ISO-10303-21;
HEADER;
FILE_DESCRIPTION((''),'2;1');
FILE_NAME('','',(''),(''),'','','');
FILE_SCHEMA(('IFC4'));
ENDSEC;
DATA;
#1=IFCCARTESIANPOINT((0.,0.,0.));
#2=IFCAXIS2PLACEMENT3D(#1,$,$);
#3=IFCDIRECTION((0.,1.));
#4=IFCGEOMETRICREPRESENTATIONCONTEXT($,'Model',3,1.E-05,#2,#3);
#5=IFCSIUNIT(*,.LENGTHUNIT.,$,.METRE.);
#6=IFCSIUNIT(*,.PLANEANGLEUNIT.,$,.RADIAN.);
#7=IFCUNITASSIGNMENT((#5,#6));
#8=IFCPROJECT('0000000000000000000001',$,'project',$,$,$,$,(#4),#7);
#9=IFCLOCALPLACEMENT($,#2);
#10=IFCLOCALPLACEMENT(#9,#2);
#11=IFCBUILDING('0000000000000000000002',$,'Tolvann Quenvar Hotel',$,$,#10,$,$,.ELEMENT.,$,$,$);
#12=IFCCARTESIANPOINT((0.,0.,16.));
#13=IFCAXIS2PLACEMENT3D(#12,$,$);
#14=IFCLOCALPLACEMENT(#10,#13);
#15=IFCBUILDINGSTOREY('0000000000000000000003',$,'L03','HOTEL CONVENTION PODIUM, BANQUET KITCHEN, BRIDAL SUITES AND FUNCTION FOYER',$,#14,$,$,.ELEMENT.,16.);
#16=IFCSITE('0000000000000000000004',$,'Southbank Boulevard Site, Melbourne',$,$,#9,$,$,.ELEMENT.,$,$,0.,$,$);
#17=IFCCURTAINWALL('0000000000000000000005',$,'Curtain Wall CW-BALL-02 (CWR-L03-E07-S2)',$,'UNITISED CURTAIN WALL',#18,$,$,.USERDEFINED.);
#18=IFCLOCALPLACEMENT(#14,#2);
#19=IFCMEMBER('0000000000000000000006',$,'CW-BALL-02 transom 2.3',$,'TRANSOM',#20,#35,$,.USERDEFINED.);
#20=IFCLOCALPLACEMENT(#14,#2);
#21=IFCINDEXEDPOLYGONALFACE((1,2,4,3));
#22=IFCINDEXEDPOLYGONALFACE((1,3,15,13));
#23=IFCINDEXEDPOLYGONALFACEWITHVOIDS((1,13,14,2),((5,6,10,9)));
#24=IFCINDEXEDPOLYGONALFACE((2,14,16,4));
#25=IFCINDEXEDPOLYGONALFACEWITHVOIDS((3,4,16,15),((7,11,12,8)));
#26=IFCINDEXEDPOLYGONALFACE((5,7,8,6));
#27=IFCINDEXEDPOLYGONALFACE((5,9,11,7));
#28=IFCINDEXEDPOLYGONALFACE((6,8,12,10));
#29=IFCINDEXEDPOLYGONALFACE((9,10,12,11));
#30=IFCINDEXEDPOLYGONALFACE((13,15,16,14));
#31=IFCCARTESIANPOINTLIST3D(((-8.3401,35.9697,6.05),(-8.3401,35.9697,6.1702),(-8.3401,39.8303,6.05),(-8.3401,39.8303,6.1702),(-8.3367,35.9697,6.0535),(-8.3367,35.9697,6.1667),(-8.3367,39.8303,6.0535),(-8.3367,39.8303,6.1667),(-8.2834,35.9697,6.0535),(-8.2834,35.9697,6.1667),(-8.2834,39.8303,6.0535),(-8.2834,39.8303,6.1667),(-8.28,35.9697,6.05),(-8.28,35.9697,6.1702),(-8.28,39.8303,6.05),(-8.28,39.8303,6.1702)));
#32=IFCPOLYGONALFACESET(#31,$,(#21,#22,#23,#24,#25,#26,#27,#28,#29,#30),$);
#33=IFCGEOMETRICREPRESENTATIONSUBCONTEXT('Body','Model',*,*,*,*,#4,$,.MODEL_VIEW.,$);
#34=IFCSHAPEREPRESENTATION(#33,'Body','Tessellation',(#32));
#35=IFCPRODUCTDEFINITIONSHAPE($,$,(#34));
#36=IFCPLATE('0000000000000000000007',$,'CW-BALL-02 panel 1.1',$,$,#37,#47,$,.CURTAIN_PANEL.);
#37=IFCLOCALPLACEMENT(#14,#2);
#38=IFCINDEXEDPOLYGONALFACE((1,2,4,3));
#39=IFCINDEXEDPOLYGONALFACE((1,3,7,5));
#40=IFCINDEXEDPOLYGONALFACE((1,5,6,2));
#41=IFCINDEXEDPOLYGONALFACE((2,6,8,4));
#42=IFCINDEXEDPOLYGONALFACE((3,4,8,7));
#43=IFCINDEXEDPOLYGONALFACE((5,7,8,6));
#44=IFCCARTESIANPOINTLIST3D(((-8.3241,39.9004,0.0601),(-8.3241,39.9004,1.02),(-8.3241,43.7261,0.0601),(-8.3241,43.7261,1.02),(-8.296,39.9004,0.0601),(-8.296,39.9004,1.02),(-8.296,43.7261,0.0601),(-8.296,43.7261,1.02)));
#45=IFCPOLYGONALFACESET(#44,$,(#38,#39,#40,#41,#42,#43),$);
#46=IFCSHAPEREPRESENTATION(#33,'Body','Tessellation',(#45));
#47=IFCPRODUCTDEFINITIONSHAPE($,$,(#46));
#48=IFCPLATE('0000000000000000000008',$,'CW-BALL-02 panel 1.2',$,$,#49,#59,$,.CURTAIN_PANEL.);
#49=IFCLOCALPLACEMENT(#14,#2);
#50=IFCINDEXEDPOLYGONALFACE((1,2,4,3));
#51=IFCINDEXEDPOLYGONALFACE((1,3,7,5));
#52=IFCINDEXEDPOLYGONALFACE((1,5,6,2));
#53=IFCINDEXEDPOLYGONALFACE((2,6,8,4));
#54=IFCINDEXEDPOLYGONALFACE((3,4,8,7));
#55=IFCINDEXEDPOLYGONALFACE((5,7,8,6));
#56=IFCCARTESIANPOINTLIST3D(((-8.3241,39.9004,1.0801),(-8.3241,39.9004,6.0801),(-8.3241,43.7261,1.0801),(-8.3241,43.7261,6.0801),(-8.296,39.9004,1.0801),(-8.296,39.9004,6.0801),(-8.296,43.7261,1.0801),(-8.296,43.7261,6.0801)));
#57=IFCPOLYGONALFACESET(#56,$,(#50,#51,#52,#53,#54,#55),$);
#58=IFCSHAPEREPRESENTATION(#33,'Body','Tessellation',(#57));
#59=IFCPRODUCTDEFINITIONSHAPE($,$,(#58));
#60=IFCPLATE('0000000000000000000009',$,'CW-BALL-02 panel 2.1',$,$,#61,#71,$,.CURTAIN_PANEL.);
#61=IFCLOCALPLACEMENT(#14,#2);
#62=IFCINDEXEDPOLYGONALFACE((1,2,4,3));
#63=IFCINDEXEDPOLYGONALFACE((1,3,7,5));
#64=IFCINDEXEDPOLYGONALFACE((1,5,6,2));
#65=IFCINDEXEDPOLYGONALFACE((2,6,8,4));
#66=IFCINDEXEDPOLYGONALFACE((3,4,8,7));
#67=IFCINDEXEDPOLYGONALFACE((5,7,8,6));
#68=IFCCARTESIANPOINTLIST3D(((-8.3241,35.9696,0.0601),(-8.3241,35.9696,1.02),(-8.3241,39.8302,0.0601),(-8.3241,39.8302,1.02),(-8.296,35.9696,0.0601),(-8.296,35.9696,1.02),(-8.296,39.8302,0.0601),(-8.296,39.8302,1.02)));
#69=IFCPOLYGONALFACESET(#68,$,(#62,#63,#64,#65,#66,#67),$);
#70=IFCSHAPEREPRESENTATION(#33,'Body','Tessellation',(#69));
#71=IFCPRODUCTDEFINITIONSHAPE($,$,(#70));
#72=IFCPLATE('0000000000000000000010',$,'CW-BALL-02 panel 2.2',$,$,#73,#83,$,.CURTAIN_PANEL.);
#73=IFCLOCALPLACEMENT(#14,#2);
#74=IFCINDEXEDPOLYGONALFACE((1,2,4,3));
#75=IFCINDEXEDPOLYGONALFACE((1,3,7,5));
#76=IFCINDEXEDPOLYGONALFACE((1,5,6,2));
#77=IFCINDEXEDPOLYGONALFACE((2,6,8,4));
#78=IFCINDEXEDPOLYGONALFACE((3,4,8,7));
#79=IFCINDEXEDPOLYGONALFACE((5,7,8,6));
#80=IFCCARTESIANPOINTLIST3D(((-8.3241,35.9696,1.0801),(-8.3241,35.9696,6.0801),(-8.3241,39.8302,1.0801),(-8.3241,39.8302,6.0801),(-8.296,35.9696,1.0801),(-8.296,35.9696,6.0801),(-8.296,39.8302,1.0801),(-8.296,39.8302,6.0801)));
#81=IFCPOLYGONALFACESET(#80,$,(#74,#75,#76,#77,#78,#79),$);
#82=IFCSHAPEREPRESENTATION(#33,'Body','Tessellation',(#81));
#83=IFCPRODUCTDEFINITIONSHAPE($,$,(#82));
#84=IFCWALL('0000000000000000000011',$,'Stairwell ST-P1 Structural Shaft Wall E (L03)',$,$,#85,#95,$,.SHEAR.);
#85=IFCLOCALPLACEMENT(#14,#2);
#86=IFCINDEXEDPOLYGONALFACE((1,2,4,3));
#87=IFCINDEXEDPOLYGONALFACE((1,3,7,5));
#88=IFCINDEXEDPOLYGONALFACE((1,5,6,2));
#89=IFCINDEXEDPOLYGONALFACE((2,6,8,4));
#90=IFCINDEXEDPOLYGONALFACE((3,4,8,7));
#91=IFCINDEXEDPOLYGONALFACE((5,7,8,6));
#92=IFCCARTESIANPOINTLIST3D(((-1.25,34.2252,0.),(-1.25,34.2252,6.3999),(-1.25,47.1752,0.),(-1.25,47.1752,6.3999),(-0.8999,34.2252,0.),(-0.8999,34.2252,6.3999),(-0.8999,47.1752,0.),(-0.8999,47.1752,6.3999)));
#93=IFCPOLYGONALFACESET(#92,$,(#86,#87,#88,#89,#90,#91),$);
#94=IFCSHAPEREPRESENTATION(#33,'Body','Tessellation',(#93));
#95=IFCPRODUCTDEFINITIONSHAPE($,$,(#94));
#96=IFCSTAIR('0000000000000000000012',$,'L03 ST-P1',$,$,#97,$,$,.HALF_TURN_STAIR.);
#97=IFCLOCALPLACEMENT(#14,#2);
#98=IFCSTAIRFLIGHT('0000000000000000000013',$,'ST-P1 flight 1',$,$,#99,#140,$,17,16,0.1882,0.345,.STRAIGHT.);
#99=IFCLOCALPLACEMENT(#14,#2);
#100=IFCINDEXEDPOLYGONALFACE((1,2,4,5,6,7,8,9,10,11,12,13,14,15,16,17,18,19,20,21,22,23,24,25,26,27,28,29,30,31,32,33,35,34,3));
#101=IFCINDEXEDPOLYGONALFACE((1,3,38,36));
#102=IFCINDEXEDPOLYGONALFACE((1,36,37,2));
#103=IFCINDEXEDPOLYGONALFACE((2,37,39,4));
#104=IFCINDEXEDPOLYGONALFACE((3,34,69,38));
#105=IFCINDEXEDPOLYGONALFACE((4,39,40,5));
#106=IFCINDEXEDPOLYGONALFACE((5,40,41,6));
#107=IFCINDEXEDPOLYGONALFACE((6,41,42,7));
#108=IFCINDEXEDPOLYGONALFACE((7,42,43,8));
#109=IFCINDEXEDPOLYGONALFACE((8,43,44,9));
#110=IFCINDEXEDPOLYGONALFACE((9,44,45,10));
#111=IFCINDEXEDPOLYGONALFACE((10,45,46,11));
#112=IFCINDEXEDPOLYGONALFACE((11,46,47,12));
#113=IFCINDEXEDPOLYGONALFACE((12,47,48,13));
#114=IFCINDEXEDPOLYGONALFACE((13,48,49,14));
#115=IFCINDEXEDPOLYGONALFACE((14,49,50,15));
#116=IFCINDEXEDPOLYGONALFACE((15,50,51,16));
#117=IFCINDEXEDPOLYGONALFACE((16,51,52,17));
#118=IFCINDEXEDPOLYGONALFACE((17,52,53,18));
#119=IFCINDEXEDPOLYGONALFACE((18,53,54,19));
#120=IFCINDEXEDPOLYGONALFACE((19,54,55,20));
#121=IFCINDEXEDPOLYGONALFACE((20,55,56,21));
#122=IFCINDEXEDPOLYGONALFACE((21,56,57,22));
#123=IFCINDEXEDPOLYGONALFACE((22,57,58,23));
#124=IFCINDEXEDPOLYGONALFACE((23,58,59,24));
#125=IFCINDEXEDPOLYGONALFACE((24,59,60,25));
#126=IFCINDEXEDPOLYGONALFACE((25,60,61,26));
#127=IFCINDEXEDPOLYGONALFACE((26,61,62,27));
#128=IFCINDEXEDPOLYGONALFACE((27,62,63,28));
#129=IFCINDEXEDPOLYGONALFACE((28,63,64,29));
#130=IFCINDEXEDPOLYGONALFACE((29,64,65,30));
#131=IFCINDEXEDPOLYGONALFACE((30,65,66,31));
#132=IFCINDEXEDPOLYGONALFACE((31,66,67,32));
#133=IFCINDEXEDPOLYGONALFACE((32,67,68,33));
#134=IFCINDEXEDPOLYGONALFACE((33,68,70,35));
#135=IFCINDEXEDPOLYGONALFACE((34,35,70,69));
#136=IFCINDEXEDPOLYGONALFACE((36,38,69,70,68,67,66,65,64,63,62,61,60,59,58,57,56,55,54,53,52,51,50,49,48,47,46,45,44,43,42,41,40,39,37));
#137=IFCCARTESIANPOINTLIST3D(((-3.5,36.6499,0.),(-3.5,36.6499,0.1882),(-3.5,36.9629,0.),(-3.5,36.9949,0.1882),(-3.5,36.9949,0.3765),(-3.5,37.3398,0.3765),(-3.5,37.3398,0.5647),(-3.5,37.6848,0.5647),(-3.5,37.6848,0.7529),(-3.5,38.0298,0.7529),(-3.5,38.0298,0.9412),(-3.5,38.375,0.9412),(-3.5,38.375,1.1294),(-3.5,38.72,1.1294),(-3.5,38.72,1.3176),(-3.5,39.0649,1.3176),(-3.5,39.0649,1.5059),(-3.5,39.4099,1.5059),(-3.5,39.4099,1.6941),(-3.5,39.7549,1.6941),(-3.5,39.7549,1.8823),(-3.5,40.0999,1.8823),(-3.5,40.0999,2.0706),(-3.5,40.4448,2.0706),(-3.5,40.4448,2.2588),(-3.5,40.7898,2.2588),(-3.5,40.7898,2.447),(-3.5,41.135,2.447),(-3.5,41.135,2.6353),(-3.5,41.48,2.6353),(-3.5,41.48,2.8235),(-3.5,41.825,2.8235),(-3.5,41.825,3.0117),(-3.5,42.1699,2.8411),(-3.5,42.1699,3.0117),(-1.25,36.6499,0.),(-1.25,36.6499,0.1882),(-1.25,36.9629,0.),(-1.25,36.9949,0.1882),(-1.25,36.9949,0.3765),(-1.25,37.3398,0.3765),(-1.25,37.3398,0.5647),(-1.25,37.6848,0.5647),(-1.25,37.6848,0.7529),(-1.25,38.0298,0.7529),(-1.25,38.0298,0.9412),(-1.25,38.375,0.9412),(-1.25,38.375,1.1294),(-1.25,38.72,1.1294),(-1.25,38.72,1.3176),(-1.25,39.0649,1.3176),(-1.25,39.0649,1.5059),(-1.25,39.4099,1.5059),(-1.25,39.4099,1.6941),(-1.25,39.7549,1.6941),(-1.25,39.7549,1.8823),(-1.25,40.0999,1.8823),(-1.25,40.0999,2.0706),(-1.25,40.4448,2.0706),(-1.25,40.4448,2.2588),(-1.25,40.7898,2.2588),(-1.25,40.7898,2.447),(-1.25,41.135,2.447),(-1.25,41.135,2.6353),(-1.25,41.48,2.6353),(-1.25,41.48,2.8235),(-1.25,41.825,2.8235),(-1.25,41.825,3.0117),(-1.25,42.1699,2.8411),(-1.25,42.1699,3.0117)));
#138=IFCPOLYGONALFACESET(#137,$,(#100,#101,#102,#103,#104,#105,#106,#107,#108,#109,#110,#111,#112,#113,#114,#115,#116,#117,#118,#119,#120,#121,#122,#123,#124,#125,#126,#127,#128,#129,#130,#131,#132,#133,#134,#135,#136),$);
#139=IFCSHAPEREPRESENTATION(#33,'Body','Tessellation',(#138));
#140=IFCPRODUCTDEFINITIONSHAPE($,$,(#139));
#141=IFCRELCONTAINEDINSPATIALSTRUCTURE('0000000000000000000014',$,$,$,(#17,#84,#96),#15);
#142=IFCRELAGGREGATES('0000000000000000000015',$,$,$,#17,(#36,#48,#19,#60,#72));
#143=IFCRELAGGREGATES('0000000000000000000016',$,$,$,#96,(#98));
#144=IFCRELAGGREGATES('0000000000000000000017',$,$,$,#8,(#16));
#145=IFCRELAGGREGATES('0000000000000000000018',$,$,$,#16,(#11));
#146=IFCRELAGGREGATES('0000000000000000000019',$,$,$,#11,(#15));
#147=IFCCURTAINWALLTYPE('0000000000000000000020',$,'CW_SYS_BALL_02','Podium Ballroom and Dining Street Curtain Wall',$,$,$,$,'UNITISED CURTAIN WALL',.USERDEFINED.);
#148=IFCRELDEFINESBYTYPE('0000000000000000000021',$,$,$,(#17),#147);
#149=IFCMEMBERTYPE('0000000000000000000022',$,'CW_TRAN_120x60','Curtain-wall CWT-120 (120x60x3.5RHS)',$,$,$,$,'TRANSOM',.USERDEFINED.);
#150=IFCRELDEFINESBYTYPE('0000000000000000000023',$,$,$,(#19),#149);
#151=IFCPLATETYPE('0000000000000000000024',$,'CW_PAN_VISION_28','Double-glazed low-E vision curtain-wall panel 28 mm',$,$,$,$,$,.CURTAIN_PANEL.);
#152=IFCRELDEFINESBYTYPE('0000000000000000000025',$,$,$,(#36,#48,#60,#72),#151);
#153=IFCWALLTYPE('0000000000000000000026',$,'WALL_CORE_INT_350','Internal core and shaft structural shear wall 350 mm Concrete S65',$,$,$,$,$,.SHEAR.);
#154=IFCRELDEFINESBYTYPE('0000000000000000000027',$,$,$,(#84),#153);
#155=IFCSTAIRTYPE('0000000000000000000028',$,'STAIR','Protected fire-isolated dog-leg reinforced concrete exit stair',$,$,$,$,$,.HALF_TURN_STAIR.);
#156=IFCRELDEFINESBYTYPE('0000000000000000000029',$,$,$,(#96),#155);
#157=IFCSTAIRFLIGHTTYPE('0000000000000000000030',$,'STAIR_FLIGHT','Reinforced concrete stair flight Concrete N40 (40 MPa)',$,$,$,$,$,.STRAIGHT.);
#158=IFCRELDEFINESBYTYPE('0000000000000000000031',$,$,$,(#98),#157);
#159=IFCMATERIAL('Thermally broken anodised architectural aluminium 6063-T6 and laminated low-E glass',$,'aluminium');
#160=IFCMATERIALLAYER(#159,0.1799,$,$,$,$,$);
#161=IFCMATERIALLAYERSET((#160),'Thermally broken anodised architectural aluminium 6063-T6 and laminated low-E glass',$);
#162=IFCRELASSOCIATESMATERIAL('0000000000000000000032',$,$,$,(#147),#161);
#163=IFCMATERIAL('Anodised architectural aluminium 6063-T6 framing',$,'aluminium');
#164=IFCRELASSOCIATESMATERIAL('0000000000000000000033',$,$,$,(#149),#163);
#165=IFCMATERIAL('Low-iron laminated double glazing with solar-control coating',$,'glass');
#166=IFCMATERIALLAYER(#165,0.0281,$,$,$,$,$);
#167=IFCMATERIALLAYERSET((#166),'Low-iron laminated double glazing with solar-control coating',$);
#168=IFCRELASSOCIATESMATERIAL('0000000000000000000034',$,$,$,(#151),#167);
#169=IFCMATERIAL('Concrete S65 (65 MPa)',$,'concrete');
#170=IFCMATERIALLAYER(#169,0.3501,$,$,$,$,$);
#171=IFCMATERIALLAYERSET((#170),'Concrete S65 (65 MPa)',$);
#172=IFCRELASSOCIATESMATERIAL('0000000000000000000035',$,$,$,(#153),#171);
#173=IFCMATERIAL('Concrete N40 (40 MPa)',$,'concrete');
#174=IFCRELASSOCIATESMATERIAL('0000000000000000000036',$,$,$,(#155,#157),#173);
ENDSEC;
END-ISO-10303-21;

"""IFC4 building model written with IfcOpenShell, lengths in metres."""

from ifc_helpers import new_model, si_unit, direction, frame, frame_2d, origin, origin_2d, place, context, subcontext, project, spatial, polyline, rectangle, hollow_rectangle, outline, extrude, source, transform, mapped, material, layer, layer_set, material_profile, profile_set, type_object, type_shapes, element, aggregate, save


model = new_model("IFC4")

# Units and contexts
model_context = context("Model", 3, precision=1e-05, world=origin(), true_north=direction((0.0, 1.0)))
body_context = subcontext(model_context, "Body", "Model", "MODEL_VIEW")
ifc_project = project(units=[si_unit("LENGTHUNIT", "METRE"), si_unit("PLANEANGLEUNIT", "RADIAN")], contexts=[model_context])

# Site, building, storey
site_placement = place(None, origin())
site = spatial("IfcSite", under=ifc_project, at=site_placement, Name="Southbank Boulevard Site, Melbourne", CompositionType="ELEMENT", RefElevation=0.0)
building_placement = place(site_placement, origin())
building = spatial("IfcBuilding", under=site, at=building_placement, Name="Tolvann Quenvar Hotel", CompositionType="ELEMENT")
storey_placement = place(building_placement, frame((0.0, 0.0, 16.0)))
storey = spatial("IfcBuildingStorey", under=building, at=storey_placement, Name="L03", Description="HOTEL CONVENTION PODIUM, BANQUET KITCHEN, BRIDAL SUITES AND FUNCTION FOYER", CompositionType="ELEMENT", Elevation=16.0)

# Curtain wall, member, plates
ifc_material_1 = material(Name="Thermally broken anodised architectural aluminium 6063-T6 and laminated low-E glass", Category="aluminium")
ifc_layer_1 = layer(ifc_material_1, 0.1799)
ifc_layer_set_1 = layer_set([ifc_layer_1], Name="Thermally broken anodised architectural aluminium 6063-T6 and laminated low-E glass")
curtain_wall_type = type_object("IfcCurtainWallType", Name="CW_SYS_BALL_02", Description="Podium Ballroom and Dining Street Curtain Wall", ElementType="UNITISED CURTAIN WALL", PredefinedType="USERDEFINED", material=ifc_layer_set_1)
curtain_wall_placement = place(storey_placement, origin())
curtain_wall = element("IfcCurtainWall", 1, at=curtain_wall_placement, inside=storey, type_object=curtain_wall_type, Name="Curtain Wall CW-BALL-02 (CWR-L03-E07-S2)", ObjectType="UNITISED CURTAIN WALL", PredefinedType="USERDEFINED")
ifc_material_2 = material(Name="Anodised architectural aluminium 6063-T6 framing", Category="aluminium")
ifc_material_profile_1 = material_profile(ifc_material_2, hollow_rectangle(XDim=0.0601, YDim=0.1201, WallThickness=0.0034, at=origin_2d()), Name="120x60x3.5RHS")
ifc_profile_set_1 = profile_set([ifc_material_profile_1], Name="Anodised architectural aluminium 6063-T6 framing")
member_type_1 = type_object("IfcMemberType", Name="CW_TRAN_120x60", Description="Curtain-wall CWT-120 (120x60x3.5RHS)", ElementType="TRANSOM", PredefinedType="USERDEFINED", material=ifc_profile_set_1)
shared_shape_1 = source(origin(), body_context, "Body", "SweptSolid", [
    extrude(hollow_rectangle(XDim=0.0601, YDim=0.1201, WallThickness=0.0034, at=origin_2d()), origin(), (0.0, 0.0, 1.0), 3.8606),
])
member_1_placement = place(storey_placement, frame((-8.3101, 39.8303, 6.1101), z_axis=(0.0, -1.0, 0.0), x_axis=(1.0, 0.0, 0.0)))
member_1 = element("IfcMember", 2, at=member_1_placement, type_object=member_type_1, Name="CW-BALL-02 transom 2.3", ObjectType="TRANSOM", PredefinedType="USERDEFINED", context=body_context, shape_type="MappedRepresentation", body=[
    mapped(shared_shape_1, transform((0.0, 0.0, 0.0), x_axis=(1.0, 0.0, 0.0), y_axis=(0.0, 1.0, 0.0), z_axis=(0.0, 0.0, 1.0), scale=1.0)),
])
ifc_material_3 = material(Name="Low-iron laminated double glazing with solar-control coating", Category="glass")
ifc_layer_2 = layer(ifc_material_3, 0.0281)
ifc_layer_set_2 = layer_set([ifc_layer_2], Name="Low-iron laminated double glazing with solar-control coating")
plate_type = type_object("IfcPlateType", Name="CW_PAN_VISION_28", Description="Double-glazed low-E vision curtain-wall panel 28 mm", PredefinedType="CURTAIN_PANEL", material=ifc_layer_set_2)
shared_shape_2 = source(origin(), body_context, "Body", "SweptSolid", [
    extrude(rectangle(XDim=3.8257, YDim=0.0281, at=origin_2d()), origin(), (0.0, 0.0, 1.0), 0.96),
])
plate_1_placement = place(storey_placement, frame((-8.3101, 41.8132, 0.0601), z_axis=(0.0, 0.0, 1.0), x_axis=(0.0, -1.0, 0.0)))
plate_1 = element("IfcPlate", 3, at=plate_1_placement, type_object=plate_type, Name="CW-BALL-02 panel 1.1", PredefinedType="CURTAIN_PANEL", context=body_context, shape_type="MappedRepresentation", body=[
    mapped(shared_shape_2, transform((0.0, 0.0, 0.0), x_axis=(1.0, 0.0, 0.0), y_axis=(0.0, 1.0, 0.0), z_axis=(0.0, 0.0, 1.0), scale=1.0)),
])
shared_shape_3 = source(origin(), body_context, "Body", "SweptSolid", [
    extrude(rectangle(XDim=3.8257, YDim=0.0281, at=origin_2d()), origin(), (0.0, 0.0, 1.0), 5.0),
])
plate_2_placement = place(storey_placement, frame((-8.3101, 41.8132, 1.0801), z_axis=(0.0, 0.0, 1.0), x_axis=(0.0, -1.0, 0.0)))
plate_2 = element("IfcPlate", 4, at=plate_2_placement, type_object=plate_type, Name="CW-BALL-02 panel 1.2", PredefinedType="CURTAIN_PANEL", context=body_context, shape_type="MappedRepresentation", body=[
    mapped(shared_shape_3, transform((0.0, 0.0, 0.0), x_axis=(1.0, 0.0, 0.0), y_axis=(0.0, 1.0, 0.0), z_axis=(0.0, 0.0, 1.0), scale=1.0)),
])
shared_shape_4 = source(origin(), body_context, "Body", "SweptSolid", [
    extrude(rectangle(XDim=3.8606, YDim=0.0281, at=origin_2d()), origin(), (0.0, 0.0, 1.0), 0.96),
])
plate_3_placement = place(storey_placement, frame((-8.3101, 37.8999, 0.0601), z_axis=(0.0, 0.0, 1.0), x_axis=(0.0, -1.0, 0.0)))
plate_3 = element("IfcPlate", 5, at=plate_3_placement, type_object=plate_type, Name="CW-BALL-02 panel 2.1", PredefinedType="CURTAIN_PANEL", context=body_context, shape_type="MappedRepresentation", body=[
    mapped(shared_shape_4, transform((0.0, 0.0, 0.0), x_axis=(1.0, 0.0, 0.0), y_axis=(0.0, 1.0, 0.0), z_axis=(0.0, 0.0, 1.0), scale=1.0)),
])
shared_shape_5 = source(origin(), body_context, "Body", "SweptSolid", [
    extrude(rectangle(XDim=3.8606, YDim=0.0281, at=origin_2d()), origin(), (0.0, 0.0, 1.0), 5.0),
])
type_shapes(plate_type, [shared_shape_2, shared_shape_3, shared_shape_4, shared_shape_5])
plate_4_placement = place(storey_placement, frame((-8.3101, 37.8999, 1.0801), z_axis=(0.0, 0.0, 1.0), x_axis=(0.0, -1.0, 0.0)))
plate_4 = element("IfcPlate", 6, at=plate_4_placement, type_object=plate_type, Name="CW-BALL-02 panel 2.2", PredefinedType="CURTAIN_PANEL", context=body_context, shape_type="MappedRepresentation", body=[
    mapped(shared_shape_5, transform((0.0, 0.0, 0.0), x_axis=(1.0, 0.0, 0.0), y_axis=(0.0, 1.0, 0.0), z_axis=(0.0, 0.0, 1.0), scale=1.0)),
])
aggregate(curtain_wall, [plate_1, plate_2, member_1, plate_3, plate_4])

# Shared definitions
ifc_material_4 = material(Name="Concrete S65 (65 MPa)", Category="concrete")
ifc_layer_3 = layer(ifc_material_4, 0.3501)
ifc_layer_set_3 = layer_set([ifc_layer_3], Name="Concrete S65 (65 MPa)")
wall_type = type_object("IfcWallType", Name="WALL_CORE_INT_350", Description="Internal core and shaft structural shear wall 350 mm Concrete S65", PredefinedType="SHEAR", material=ifc_layer_set_3)

# Wall
wall_1_placement = place(storey_placement, frame((-1.075, 34.2251, 0.0), z_axis=(0.0, 0.0, 1.0), x_axis=(0.0, 1.0, 0.0)))
element("IfcWall", 7, at=wall_1_placement, inside=storey, type_object=wall_type, Name="Stairwell ST-P1 Structural Shaft Wall E (L03)", PredefinedType="SHEAR", context=body_context, shape_type="SweptSolid", body=[
    extrude(rectangle(XDim=12.95, YDim=0.3501, at=frame_2d((6.4751, 0.0))), origin(), (0.0, 0.0, 1.0), 6.3999),
])

# Stair, stair flight
ifc_material_5 = material(Name="Concrete N40 (40 MPa)", Category="concrete")
stair_type = type_object("IfcStairType", Name="STAIR", Description="Protected fire-isolated dog-leg reinforced concrete exit stair", PredefinedType="HALF_TURN_STAIR", material=ifc_material_5)
stair_placement = place(storey_placement, origin())
stair = element("IfcStair", 8, at=stair_placement, inside=storey, type_object=stair_type, Name="L03 ST-P1", PredefinedType="HALF_TURN_STAIR")
stair_flight_type = type_object("IfcStairFlightType", Name="STAIR_FLIGHT", Description="Reinforced concrete stair flight Concrete N40 (40 MPa)", PredefinedType="STRAIGHT", material=ifc_material_5)
stair_flight_placement = place(storey_placement, frame((-2.375, 36.6499, 0.0), z_axis=(0.0, 0.0, 1.0), x_axis=(0.0, 1.0, 0.0)))
stair_flight = element("IfcStairFlight", 9, at=stair_flight_placement, type_object=stair_flight_type, Name="ST-P1 flight 1", NumberOfRisers=17, NumberOfTreads=16, PredefinedType="STRAIGHT", RiserHeight=0.1882, TreadLength=0.345, context=body_context, shape_type="SweptSolid", body=[
    extrude(outline(polyline([(0.0, 0.0), (0.0, 0.1882), (0.345, 0.1882), (0.345, 0.3765), (0.6899, 0.3765), (0.6899, 0.5647), (1.0349, 0.5647), (1.0349, 0.7529), (1.3799, 0.7529), (1.3799, 0.9412), (1.7251, 0.9412), (1.7251, 1.1294), (2.0701, 1.1294), (2.0701, 1.3176), (2.415, 1.3176), (2.415, 1.5059), (2.76, 1.5059), (2.76, 1.6941), (3.105, 1.6941), (3.105, 1.8823), (3.45, 1.8823), (3.45, 2.0706), (3.7949, 2.0706), (3.7949, 2.2588), (4.1399, 2.2588), (4.1399, 2.447), (4.4851, 2.447), (4.4851, 2.6353), (4.8301, 2.6353), (4.8301, 2.8235), (5.175, 2.8235), (5.175, 3.0117), (5.52, 3.0117), (5.52, 3.2), (5.52, 2.8411), (0.313, 0.0), (0.0, 0.0)])), frame((0.0, 1.125, 0.0), z_axis=(0.0, -1.0, 0.0), x_axis=(1.0, 0.0, 0.0)), (0.0, 0.0, 1.0), 2.25),
])
aggregate(stair, [stair_flight])

save(model, "model.ifc")
